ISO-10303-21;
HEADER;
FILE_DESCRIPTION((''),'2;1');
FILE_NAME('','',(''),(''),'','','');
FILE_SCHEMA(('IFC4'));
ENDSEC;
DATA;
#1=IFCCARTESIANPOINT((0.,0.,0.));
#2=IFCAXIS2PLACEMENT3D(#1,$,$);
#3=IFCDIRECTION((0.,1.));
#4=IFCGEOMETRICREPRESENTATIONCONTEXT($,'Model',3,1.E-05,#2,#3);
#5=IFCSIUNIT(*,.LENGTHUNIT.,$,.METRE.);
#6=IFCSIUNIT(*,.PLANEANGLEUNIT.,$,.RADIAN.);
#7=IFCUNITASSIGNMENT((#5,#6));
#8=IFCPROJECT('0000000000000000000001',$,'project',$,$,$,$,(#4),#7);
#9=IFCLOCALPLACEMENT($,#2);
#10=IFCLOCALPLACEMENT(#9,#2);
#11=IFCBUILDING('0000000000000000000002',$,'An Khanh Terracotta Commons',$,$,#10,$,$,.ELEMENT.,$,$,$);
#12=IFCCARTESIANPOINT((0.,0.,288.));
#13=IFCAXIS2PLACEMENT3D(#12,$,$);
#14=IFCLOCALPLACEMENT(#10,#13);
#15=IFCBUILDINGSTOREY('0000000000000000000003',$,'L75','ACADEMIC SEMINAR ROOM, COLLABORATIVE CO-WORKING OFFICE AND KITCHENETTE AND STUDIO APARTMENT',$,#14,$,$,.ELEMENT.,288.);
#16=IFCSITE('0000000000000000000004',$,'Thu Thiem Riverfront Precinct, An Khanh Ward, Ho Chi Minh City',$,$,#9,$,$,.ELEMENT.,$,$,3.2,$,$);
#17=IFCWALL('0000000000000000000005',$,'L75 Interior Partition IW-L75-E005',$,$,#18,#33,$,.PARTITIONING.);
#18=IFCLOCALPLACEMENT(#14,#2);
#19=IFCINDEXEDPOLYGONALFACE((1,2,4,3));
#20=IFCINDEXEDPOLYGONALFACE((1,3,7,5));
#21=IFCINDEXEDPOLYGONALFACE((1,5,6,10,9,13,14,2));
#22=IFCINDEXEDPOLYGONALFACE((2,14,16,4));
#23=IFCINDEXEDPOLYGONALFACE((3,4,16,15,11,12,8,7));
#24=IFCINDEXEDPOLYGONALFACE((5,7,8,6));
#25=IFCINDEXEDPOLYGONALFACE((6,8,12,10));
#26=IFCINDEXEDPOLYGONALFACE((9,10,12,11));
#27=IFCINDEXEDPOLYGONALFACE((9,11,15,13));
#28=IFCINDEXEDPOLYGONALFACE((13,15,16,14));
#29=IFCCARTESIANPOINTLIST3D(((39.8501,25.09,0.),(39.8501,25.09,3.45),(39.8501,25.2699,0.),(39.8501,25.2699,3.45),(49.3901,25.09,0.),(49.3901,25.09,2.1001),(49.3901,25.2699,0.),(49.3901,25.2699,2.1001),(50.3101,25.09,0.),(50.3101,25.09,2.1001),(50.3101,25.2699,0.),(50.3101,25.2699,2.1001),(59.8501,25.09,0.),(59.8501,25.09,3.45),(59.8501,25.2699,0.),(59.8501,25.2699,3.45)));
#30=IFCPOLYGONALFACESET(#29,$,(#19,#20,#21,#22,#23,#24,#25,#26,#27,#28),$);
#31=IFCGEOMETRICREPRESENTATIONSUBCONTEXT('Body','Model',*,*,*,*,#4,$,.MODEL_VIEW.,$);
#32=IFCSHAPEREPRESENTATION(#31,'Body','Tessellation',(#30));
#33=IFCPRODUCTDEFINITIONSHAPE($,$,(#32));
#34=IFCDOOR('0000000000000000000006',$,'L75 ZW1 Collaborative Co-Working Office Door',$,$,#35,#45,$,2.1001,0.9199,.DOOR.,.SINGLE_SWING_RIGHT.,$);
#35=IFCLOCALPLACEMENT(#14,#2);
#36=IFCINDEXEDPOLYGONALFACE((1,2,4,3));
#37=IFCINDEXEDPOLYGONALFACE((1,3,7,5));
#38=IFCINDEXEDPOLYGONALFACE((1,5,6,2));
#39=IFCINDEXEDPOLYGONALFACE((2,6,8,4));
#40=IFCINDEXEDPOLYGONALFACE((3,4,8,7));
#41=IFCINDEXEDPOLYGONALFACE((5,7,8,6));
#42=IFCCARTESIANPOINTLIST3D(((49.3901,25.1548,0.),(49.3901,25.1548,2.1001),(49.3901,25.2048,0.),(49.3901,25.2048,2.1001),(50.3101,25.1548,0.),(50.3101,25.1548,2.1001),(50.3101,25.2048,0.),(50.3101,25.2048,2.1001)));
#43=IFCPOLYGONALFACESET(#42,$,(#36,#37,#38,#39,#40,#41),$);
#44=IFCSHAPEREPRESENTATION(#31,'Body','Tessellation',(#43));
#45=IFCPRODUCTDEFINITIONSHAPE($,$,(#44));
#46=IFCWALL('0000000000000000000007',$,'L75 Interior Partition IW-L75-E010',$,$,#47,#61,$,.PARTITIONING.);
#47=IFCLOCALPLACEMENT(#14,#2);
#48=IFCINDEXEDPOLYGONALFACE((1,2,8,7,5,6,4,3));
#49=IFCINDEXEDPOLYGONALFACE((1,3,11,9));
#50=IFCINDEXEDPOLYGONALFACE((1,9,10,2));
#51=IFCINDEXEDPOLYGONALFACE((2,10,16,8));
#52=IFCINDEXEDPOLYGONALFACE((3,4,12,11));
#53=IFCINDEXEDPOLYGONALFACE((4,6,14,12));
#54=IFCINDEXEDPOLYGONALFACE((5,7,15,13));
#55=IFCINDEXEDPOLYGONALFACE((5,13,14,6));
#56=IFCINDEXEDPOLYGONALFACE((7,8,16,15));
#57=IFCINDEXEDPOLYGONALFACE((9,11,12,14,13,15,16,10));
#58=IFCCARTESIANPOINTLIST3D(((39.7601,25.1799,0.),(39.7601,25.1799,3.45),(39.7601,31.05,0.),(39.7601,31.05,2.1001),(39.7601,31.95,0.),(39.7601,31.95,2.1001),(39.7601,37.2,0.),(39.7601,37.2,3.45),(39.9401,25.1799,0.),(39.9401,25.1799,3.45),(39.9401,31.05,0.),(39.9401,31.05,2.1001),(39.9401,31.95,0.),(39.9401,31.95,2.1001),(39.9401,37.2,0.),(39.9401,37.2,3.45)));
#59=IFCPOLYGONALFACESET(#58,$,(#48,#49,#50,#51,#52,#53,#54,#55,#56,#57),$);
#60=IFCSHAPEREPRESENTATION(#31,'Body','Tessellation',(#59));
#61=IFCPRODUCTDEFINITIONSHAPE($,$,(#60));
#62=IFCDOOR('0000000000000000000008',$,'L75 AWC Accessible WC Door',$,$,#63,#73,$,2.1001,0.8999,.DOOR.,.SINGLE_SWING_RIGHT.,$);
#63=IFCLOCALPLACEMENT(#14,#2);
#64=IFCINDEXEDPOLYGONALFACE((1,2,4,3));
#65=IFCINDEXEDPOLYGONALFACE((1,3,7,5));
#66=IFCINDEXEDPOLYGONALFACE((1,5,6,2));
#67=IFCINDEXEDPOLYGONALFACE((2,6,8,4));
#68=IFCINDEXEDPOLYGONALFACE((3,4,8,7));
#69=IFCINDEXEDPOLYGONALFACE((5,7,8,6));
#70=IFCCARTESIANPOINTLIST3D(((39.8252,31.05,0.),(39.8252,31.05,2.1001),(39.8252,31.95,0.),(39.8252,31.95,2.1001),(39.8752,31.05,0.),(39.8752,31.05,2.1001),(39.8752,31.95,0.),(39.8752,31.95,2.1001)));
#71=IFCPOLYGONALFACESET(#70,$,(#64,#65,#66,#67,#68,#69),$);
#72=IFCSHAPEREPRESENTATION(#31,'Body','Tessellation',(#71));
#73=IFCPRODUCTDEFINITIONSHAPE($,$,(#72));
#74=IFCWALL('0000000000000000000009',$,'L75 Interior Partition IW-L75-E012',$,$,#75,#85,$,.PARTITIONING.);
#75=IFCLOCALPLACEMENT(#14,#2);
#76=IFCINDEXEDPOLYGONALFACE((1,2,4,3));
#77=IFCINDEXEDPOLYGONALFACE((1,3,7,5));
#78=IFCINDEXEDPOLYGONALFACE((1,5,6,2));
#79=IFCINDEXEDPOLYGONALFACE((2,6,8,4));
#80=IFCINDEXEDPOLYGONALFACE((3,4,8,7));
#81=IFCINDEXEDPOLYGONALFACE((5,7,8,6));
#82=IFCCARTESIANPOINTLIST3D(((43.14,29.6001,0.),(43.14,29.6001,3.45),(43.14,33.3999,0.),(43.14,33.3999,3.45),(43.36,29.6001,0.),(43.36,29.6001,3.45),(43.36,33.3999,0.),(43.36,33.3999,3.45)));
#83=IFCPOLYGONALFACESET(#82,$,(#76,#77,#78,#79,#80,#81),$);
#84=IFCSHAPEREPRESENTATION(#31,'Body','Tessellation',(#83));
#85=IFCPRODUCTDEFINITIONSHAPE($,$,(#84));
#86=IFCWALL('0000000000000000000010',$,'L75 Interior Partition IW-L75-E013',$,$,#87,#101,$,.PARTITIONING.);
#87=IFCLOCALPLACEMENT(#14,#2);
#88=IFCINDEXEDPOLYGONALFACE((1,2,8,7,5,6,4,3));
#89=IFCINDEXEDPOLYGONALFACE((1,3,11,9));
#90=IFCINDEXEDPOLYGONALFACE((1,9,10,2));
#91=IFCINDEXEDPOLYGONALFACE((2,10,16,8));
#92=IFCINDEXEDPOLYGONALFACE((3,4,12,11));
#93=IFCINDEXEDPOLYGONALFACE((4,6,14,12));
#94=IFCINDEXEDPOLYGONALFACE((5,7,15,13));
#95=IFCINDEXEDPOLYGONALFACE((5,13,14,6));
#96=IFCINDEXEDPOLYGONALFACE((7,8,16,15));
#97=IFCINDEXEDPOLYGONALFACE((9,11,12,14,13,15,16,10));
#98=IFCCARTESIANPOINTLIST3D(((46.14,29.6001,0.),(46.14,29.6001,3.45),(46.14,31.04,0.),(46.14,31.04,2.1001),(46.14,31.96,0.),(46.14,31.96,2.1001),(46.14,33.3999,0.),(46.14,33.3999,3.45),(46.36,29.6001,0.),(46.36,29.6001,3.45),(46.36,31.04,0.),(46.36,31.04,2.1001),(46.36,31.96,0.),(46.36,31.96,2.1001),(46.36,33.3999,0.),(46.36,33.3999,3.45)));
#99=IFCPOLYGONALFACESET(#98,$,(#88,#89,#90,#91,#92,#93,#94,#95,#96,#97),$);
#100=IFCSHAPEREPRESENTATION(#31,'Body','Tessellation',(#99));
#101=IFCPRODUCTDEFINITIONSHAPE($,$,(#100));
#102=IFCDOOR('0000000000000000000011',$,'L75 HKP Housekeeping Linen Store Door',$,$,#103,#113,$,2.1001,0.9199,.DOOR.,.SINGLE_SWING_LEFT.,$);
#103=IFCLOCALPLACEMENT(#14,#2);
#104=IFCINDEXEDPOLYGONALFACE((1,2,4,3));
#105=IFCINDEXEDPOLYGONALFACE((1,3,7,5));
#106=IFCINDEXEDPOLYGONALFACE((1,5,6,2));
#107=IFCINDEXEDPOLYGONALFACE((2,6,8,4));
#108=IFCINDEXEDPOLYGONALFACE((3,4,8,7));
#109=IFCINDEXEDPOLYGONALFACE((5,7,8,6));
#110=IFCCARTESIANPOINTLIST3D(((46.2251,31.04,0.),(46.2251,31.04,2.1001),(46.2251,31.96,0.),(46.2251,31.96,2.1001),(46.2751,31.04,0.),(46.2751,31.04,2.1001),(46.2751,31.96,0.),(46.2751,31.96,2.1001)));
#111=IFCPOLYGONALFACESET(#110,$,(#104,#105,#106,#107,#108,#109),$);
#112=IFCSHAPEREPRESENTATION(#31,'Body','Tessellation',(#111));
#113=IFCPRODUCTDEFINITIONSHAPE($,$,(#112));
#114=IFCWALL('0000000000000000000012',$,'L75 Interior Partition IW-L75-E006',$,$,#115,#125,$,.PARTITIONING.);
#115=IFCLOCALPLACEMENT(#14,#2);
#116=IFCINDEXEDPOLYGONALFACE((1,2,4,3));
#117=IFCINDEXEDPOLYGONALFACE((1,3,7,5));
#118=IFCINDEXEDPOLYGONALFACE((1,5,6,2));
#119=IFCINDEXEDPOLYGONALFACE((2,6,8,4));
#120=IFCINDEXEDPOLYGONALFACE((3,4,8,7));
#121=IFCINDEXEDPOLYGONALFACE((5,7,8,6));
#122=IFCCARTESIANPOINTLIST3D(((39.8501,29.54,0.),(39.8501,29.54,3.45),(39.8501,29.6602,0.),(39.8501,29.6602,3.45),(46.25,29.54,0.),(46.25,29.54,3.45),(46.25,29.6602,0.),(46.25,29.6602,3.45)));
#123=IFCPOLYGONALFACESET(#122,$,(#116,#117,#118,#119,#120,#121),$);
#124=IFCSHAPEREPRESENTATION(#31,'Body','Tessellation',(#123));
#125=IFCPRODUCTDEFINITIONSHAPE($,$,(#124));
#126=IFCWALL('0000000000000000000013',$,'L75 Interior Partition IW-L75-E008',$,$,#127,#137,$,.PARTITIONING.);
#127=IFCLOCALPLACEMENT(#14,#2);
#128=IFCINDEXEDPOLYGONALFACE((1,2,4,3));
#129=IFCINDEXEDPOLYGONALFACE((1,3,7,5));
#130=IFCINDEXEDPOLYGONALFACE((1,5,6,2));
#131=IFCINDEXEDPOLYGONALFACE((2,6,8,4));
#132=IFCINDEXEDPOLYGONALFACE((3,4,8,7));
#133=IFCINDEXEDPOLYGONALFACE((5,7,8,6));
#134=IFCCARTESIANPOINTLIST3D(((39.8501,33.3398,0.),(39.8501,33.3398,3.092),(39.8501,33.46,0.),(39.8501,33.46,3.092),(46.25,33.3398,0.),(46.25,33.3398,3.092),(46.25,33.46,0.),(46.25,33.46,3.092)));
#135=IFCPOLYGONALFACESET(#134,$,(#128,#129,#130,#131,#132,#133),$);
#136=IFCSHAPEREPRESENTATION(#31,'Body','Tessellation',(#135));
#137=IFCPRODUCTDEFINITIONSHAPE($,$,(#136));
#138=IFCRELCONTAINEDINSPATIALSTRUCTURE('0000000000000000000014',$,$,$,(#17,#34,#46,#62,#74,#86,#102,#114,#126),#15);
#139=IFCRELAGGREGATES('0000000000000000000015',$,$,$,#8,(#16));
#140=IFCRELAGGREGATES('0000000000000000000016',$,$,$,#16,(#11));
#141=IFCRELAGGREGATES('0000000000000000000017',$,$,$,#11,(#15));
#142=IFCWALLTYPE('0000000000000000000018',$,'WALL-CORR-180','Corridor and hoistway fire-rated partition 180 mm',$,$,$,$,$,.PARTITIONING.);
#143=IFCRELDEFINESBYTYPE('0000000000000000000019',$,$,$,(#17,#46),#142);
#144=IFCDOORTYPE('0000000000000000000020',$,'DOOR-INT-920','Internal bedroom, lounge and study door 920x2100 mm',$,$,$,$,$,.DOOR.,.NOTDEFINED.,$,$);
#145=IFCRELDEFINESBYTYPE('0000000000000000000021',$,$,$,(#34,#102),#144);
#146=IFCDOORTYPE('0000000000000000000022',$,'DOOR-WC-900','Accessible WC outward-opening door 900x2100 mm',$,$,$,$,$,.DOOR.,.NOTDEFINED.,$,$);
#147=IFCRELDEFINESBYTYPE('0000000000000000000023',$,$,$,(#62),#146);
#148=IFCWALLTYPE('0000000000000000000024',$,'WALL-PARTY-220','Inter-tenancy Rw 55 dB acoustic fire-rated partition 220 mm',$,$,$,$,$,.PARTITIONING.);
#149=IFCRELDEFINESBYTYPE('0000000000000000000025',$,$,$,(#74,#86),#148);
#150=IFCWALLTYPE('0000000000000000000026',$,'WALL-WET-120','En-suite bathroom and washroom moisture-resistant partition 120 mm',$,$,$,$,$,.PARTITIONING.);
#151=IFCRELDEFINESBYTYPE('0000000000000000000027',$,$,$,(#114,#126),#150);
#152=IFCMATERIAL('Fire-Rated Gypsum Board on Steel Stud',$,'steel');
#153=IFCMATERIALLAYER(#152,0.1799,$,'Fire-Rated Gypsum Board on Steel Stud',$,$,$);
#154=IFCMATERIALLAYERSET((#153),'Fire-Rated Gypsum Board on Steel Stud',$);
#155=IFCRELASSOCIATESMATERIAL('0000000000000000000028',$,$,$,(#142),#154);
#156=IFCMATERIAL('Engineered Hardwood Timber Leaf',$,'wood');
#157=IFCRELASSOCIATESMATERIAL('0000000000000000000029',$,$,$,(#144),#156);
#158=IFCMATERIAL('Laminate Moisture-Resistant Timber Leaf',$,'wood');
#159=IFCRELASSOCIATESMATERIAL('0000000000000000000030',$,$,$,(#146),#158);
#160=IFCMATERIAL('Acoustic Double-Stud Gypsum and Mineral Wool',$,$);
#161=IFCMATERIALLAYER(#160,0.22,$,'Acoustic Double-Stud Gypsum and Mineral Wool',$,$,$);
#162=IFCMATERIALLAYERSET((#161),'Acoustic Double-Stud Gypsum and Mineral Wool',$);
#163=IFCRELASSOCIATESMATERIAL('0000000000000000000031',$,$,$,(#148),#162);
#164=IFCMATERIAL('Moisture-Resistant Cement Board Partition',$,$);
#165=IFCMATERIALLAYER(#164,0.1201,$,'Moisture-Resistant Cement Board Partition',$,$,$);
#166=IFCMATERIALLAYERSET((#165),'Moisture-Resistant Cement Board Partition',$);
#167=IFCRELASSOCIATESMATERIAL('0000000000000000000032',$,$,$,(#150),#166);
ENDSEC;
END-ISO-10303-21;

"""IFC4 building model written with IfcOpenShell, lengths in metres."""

from ifc_helpers import new_model, si_unit, direction, frame, frame_2d, origin, place, context, subcontext, project, spatial, rectangle, extrude, material, layer, layer_set, type_object, element, fill, save


model = new_model("IFC4")

# Units and contexts
model_context = context("Model", 3, precision=1e-05, world=origin(), true_north=direction((0.0, 1.0)))
body_context = subcontext(model_context, "Body", "Model", "MODEL_VIEW")
ifc_project = project(units=[si_unit("LENGTHUNIT", "METRE"), si_unit("PLANEANGLEUNIT", "RADIAN")], contexts=[model_context])

# Site, building, storey
site_placement = place(None, origin())
site = spatial("IfcSite", under=ifc_project, at=site_placement, Name="Thu Thiem Riverfront Precinct, An Khanh Ward, Ho Chi Minh City", CompositionType="ELEMENT", RefElevation=3.2)
building_placement = place(site_placement, origin())
building = spatial("IfcBuilding", under=site, at=building_placement, Name="An Khanh Terracotta Commons", CompositionType="ELEMENT")
storey_placement = place(building_placement, frame((0.0, 0.0, 288.0)))
storey = spatial("IfcBuildingStorey", under=building, at=storey_placement, Name="L75", Description="ACADEMIC SEMINAR ROOM, COLLABORATIVE CO-WORKING OFFICE AND KITCHENETTE AND STUDIO APARTMENT", CompositionType="ELEMENT", Elevation=288.0)

# Walls, openings, doors
ifc_material_1 = material(Name="Fire-Rated Gypsum Board on Steel Stud", Category="steel")
ifc_layer_1 = layer(ifc_material_1, 0.1799, Name="Fire-Rated Gypsum Board on Steel Stud")
ifc_layer_set_1 = layer_set([ifc_layer_1], Name="Fire-Rated Gypsum Board on Steel Stud")
wall_type_1 = type_object("IfcWallType", Name="WALL-CORR-180", Description="Corridor and hoistway fire-rated partition 180 mm", PredefinedType="PARTITIONING", material=ifc_layer_set_1)
wall_1_placement = place(storey_placement, frame((39.8501, 25.1799, 0.0), z_axis=(0.0, 0.0, 1.0), x_axis=(1.0, 0.0, 0.0)))
wall_1 = element("IfcWall", 1, at=wall_1_placement, inside=storey, type_object=wall_type_1, Name="L75 Interior Partition IW-L75-E005", PredefinedType="PARTITIONING", context=body_context, shape_type="SweptSolid", body=[
    extrude(rectangle(XDim=20.0, YDim=0.1799, at=frame_2d((10.0, 0.0))), origin(), (0.0, 0.0, 1.0), 3.45),
])
opening_1_placement = place(wall_1_placement, frame((9.54, 0.0, 0.0)))
opening_1 = element("IfcOpeningElement", 2, at=opening_1_placement, cuts=wall_1, PredefinedType="OPENING", context=body_context, shape_type="SweptSolid", body=[
    extrude(rectangle(XDim=0.9199, YDim=2.1001, at=frame_2d((0.46, 1.05))), frame((0.0, 0.0999, 0.0), z_axis=(0.0, -1.0, 0.0), x_axis=(1.0, 0.0, 0.0)), (0.0, 0.0, 1.0), 0.2),
])
ifc_material_2 = material(Name="Engineered Hardwood Timber Leaf", Category="wood")
door_type_1 = type_object("IfcDoorType", Name="DOOR-INT-920", Description="Internal bedroom, lounge and study door 920x2100 mm", OperationType="NOTDEFINED", PredefinedType="DOOR", material=ifc_material_2)
door_1_placement = place(opening_1_placement, origin())
door_1 = element("IfcDoor", 3, at=door_1_placement, inside=storey, type_object=door_type_1, Name="L75 ZW1 Collaborative Co-Working Office Door", OperationType="SINGLE_SWING_RIGHT", OverallHeight=2.1001, OverallWidth=0.9199, PredefinedType="DOOR", context=body_context, shape_type="SweptSolid", body=[
    extrude(rectangle(XDim=0.9199, YDim=2.1001, at=frame_2d((0.46, 1.05))), frame((0.0, 0.0249, 0.0), z_axis=(0.0, -1.0, 0.0), x_axis=(1.0, 0.0, 0.0)), (0.0, 0.0, 1.0), 0.05),
])
fill(opening_1, door_1)
wall_2_placement = place(storey_placement, frame((39.8501, 25.1799, 0.0), z_axis=(0.0, 0.0, 1.0), x_axis=(0.0, 1.0, 0.0)))
wall_2 = element("IfcWall", 4, at=wall_2_placement, inside=storey, type_object=wall_type_1, Name="L75 Interior Partition IW-L75-E010", PredefinedType="PARTITIONING", context=body_context, shape_type="SweptSolid", body=[
    extrude(rectangle(XDim=12.02, YDim=0.1799, at=frame_2d((6.01, 0.0))), origin(), (0.0, 0.0, 1.0), 3.45),
])
opening_2_placement = place(wall_2_placement, frame((5.8701, 0.0, 0.0)))
opening_2 = element("IfcOpeningElement", 5, at=opening_2_placement, cuts=wall_2, PredefinedType="OPENING", context=body_context, shape_type="SweptSolid", body=[
    extrude(rectangle(XDim=0.8999, YDim=2.1001, at=frame_2d((0.45, 1.05))), frame((0.0, 0.0999, 0.0), z_axis=(0.0, -1.0, 0.0), x_axis=(1.0, 0.0, 0.0)), (0.0, 0.0, 1.0), 0.2),
])
ifc_material_3 = material(Name="Laminate Moisture-Resistant Timber Leaf", Category="wood")
door_type_2 = type_object("IfcDoorType", Name="DOOR-WC-900", Description="Accessible WC outward-opening door 900x2100 mm", OperationType="NOTDEFINED", PredefinedType="DOOR", material=ifc_material_3)
door_2_placement = place(opening_2_placement, origin())
door_2 = element("IfcDoor", 6, at=door_2_placement, inside=storey, type_object=door_type_2, Name="L75 AWC Accessible WC Door", OperationType="SINGLE_SWING_RIGHT", OverallHeight=2.1001, OverallWidth=0.8999, PredefinedType="DOOR", context=body_context, shape_type="SweptSolid", body=[
    extrude(rectangle(XDim=0.8999, YDim=2.1001, at=frame_2d((0.45, 1.05))), frame((0.0, 0.0249, 0.0), z_axis=(0.0, -1.0, 0.0), x_axis=(1.0, 0.0, 0.0)), (0.0, 0.0, 1.0), 0.05),
])
fill(opening_2, door_2)

# Wall
ifc_material_4 = material(Name="Acoustic Double-Stud Gypsum and Mineral Wool")
ifc_layer_2 = layer(ifc_material_4, 0.22, Name="Acoustic Double-Stud Gypsum and Mineral Wool")
ifc_layer_set_2 = layer_set([ifc_layer_2], Name="Acoustic Double-Stud Gypsum and Mineral Wool")
wall_type_2 = type_object("IfcWallType", Name="WALL-PARTY-220", Description="Inter-tenancy Rw 55 dB acoustic fire-rated partition 220 mm", PredefinedType="PARTITIONING", material=ifc_layer_set_2)
wall_3_placement = place(storey_placement, frame((43.25, 29.6001, 0.0), z_axis=(0.0, 0.0, 1.0), x_axis=(0.0, 1.0, 0.0)))
element("IfcWall", 7, at=wall_3_placement, inside=storey, type_object=wall_type_2, Name="L75 Interior Partition IW-L75-E012", PredefinedType="PARTITIONING", context=body_context, shape_type="SweptSolid", body=[
    extrude(rectangle(XDim=3.7998, YDim=0.22, at=frame_2d((1.8999, 0.0))), origin(), (0.0, 0.0, 1.0), 3.45),
])

# Wall, opening, door
wall_4_placement = place(storey_placement, frame((46.25, 29.6001, 0.0), z_axis=(0.0, 0.0, 1.0), x_axis=(0.0, 1.0, 0.0)))
wall_4 = element("IfcWall", 8, at=wall_4_placement, inside=storey, type_object=wall_type_2, Name="L75 Interior Partition IW-L75-E013", PredefinedType="PARTITIONING", context=body_context, shape_type="SweptSolid", body=[
    extrude(rectangle(XDim=3.7998, YDim=0.22, at=frame_2d((1.8999, 0.0))), origin(), (0.0, 0.0, 1.0), 3.45),
])
opening_3_placement = place(wall_4_placement, frame((1.4399, 0.0, 0.0)))
opening_3 = element("IfcOpeningElement", 9, at=opening_3_placement, cuts=wall_4, PredefinedType="OPENING", context=body_context, shape_type="SweptSolid", body=[
    extrude(rectangle(XDim=0.9199, YDim=2.1001, at=frame_2d((0.46, 1.05))), frame((0.0, 0.1199, 0.0), z_axis=(0.0, -1.0, 0.0), x_axis=(1.0, 0.0, 0.0)), (0.0, 0.0, 1.0), 0.24),
])
door_3_placement = place(opening_3_placement, origin())
door_3 = element("IfcDoor", 10, at=door_3_placement, inside=storey, type_object=door_type_1, Name="L75 HKP Housekeeping Linen Store Door", OperationType="SINGLE_SWING_LEFT", OverallHeight=2.1001, OverallWidth=0.9199, PredefinedType="DOOR", context=body_context, shape_type="SweptSolid", body=[
    extrude(rectangle(XDim=0.9199, YDim=2.1001, at=frame_2d((0.46, 1.05))), frame((0.0, 0.0249, 0.0), z_axis=(0.0, -1.0, 0.0), x_axis=(1.0, 0.0, 0.0)), (0.0, 0.0, 1.0), 0.05),
])
fill(opening_3, door_3)

# Walls
ifc_material_5 = material(Name="Moisture-Resistant Cement Board Partition")
ifc_layer_3 = layer(ifc_material_5, 0.1201, Name="Moisture-Resistant Cement Board Partition")
ifc_layer_set_3 = layer_set([ifc_layer_3], Name="Moisture-Resistant Cement Board Partition")
wall_type_3 = type_object("IfcWallType", Name="WALL-WET-120", Description="En-suite bathroom and washroom moisture-resistant partition 120 mm", PredefinedType="PARTITIONING", material=ifc_layer_set_3)
wall_5_placement = place(storey_placement, frame((39.8501, 29.6001, 0.0), z_axis=(0.0, 0.0, 1.0), x_axis=(1.0, 0.0, 0.0)))
element("IfcWall", 11, at=wall_5_placement, inside=storey, type_object=wall_type_3, Name="L75 Interior Partition IW-L75-E006", PredefinedType="PARTITIONING", context=body_context, shape_type="SweptSolid", body=[
    extrude(rectangle(XDim=6.3999, YDim=0.1201, at=frame_2d((3.2, 0.0))), origin(), (0.0, 0.0, 1.0), 3.45),
])
wall_6_placement = place(storey_placement, frame((39.8501, 33.3999, 0.0), z_axis=(0.0, 0.0, 1.0), x_axis=(1.0, 0.0, 0.0)))
element("IfcWall", 12, at=wall_6_placement, inside=storey, type_object=wall_type_3, Name="L75 Interior Partition IW-L75-E008", PredefinedType="PARTITIONING", context=body_context, shape_type="SweptSolid", body=[
    extrude(rectangle(XDim=6.3999, YDim=0.1201, at=frame_2d((3.2, 0.0))), origin(), (0.0, 0.0, 1.0), 3.092),
])

save(model, "model.ifc")
